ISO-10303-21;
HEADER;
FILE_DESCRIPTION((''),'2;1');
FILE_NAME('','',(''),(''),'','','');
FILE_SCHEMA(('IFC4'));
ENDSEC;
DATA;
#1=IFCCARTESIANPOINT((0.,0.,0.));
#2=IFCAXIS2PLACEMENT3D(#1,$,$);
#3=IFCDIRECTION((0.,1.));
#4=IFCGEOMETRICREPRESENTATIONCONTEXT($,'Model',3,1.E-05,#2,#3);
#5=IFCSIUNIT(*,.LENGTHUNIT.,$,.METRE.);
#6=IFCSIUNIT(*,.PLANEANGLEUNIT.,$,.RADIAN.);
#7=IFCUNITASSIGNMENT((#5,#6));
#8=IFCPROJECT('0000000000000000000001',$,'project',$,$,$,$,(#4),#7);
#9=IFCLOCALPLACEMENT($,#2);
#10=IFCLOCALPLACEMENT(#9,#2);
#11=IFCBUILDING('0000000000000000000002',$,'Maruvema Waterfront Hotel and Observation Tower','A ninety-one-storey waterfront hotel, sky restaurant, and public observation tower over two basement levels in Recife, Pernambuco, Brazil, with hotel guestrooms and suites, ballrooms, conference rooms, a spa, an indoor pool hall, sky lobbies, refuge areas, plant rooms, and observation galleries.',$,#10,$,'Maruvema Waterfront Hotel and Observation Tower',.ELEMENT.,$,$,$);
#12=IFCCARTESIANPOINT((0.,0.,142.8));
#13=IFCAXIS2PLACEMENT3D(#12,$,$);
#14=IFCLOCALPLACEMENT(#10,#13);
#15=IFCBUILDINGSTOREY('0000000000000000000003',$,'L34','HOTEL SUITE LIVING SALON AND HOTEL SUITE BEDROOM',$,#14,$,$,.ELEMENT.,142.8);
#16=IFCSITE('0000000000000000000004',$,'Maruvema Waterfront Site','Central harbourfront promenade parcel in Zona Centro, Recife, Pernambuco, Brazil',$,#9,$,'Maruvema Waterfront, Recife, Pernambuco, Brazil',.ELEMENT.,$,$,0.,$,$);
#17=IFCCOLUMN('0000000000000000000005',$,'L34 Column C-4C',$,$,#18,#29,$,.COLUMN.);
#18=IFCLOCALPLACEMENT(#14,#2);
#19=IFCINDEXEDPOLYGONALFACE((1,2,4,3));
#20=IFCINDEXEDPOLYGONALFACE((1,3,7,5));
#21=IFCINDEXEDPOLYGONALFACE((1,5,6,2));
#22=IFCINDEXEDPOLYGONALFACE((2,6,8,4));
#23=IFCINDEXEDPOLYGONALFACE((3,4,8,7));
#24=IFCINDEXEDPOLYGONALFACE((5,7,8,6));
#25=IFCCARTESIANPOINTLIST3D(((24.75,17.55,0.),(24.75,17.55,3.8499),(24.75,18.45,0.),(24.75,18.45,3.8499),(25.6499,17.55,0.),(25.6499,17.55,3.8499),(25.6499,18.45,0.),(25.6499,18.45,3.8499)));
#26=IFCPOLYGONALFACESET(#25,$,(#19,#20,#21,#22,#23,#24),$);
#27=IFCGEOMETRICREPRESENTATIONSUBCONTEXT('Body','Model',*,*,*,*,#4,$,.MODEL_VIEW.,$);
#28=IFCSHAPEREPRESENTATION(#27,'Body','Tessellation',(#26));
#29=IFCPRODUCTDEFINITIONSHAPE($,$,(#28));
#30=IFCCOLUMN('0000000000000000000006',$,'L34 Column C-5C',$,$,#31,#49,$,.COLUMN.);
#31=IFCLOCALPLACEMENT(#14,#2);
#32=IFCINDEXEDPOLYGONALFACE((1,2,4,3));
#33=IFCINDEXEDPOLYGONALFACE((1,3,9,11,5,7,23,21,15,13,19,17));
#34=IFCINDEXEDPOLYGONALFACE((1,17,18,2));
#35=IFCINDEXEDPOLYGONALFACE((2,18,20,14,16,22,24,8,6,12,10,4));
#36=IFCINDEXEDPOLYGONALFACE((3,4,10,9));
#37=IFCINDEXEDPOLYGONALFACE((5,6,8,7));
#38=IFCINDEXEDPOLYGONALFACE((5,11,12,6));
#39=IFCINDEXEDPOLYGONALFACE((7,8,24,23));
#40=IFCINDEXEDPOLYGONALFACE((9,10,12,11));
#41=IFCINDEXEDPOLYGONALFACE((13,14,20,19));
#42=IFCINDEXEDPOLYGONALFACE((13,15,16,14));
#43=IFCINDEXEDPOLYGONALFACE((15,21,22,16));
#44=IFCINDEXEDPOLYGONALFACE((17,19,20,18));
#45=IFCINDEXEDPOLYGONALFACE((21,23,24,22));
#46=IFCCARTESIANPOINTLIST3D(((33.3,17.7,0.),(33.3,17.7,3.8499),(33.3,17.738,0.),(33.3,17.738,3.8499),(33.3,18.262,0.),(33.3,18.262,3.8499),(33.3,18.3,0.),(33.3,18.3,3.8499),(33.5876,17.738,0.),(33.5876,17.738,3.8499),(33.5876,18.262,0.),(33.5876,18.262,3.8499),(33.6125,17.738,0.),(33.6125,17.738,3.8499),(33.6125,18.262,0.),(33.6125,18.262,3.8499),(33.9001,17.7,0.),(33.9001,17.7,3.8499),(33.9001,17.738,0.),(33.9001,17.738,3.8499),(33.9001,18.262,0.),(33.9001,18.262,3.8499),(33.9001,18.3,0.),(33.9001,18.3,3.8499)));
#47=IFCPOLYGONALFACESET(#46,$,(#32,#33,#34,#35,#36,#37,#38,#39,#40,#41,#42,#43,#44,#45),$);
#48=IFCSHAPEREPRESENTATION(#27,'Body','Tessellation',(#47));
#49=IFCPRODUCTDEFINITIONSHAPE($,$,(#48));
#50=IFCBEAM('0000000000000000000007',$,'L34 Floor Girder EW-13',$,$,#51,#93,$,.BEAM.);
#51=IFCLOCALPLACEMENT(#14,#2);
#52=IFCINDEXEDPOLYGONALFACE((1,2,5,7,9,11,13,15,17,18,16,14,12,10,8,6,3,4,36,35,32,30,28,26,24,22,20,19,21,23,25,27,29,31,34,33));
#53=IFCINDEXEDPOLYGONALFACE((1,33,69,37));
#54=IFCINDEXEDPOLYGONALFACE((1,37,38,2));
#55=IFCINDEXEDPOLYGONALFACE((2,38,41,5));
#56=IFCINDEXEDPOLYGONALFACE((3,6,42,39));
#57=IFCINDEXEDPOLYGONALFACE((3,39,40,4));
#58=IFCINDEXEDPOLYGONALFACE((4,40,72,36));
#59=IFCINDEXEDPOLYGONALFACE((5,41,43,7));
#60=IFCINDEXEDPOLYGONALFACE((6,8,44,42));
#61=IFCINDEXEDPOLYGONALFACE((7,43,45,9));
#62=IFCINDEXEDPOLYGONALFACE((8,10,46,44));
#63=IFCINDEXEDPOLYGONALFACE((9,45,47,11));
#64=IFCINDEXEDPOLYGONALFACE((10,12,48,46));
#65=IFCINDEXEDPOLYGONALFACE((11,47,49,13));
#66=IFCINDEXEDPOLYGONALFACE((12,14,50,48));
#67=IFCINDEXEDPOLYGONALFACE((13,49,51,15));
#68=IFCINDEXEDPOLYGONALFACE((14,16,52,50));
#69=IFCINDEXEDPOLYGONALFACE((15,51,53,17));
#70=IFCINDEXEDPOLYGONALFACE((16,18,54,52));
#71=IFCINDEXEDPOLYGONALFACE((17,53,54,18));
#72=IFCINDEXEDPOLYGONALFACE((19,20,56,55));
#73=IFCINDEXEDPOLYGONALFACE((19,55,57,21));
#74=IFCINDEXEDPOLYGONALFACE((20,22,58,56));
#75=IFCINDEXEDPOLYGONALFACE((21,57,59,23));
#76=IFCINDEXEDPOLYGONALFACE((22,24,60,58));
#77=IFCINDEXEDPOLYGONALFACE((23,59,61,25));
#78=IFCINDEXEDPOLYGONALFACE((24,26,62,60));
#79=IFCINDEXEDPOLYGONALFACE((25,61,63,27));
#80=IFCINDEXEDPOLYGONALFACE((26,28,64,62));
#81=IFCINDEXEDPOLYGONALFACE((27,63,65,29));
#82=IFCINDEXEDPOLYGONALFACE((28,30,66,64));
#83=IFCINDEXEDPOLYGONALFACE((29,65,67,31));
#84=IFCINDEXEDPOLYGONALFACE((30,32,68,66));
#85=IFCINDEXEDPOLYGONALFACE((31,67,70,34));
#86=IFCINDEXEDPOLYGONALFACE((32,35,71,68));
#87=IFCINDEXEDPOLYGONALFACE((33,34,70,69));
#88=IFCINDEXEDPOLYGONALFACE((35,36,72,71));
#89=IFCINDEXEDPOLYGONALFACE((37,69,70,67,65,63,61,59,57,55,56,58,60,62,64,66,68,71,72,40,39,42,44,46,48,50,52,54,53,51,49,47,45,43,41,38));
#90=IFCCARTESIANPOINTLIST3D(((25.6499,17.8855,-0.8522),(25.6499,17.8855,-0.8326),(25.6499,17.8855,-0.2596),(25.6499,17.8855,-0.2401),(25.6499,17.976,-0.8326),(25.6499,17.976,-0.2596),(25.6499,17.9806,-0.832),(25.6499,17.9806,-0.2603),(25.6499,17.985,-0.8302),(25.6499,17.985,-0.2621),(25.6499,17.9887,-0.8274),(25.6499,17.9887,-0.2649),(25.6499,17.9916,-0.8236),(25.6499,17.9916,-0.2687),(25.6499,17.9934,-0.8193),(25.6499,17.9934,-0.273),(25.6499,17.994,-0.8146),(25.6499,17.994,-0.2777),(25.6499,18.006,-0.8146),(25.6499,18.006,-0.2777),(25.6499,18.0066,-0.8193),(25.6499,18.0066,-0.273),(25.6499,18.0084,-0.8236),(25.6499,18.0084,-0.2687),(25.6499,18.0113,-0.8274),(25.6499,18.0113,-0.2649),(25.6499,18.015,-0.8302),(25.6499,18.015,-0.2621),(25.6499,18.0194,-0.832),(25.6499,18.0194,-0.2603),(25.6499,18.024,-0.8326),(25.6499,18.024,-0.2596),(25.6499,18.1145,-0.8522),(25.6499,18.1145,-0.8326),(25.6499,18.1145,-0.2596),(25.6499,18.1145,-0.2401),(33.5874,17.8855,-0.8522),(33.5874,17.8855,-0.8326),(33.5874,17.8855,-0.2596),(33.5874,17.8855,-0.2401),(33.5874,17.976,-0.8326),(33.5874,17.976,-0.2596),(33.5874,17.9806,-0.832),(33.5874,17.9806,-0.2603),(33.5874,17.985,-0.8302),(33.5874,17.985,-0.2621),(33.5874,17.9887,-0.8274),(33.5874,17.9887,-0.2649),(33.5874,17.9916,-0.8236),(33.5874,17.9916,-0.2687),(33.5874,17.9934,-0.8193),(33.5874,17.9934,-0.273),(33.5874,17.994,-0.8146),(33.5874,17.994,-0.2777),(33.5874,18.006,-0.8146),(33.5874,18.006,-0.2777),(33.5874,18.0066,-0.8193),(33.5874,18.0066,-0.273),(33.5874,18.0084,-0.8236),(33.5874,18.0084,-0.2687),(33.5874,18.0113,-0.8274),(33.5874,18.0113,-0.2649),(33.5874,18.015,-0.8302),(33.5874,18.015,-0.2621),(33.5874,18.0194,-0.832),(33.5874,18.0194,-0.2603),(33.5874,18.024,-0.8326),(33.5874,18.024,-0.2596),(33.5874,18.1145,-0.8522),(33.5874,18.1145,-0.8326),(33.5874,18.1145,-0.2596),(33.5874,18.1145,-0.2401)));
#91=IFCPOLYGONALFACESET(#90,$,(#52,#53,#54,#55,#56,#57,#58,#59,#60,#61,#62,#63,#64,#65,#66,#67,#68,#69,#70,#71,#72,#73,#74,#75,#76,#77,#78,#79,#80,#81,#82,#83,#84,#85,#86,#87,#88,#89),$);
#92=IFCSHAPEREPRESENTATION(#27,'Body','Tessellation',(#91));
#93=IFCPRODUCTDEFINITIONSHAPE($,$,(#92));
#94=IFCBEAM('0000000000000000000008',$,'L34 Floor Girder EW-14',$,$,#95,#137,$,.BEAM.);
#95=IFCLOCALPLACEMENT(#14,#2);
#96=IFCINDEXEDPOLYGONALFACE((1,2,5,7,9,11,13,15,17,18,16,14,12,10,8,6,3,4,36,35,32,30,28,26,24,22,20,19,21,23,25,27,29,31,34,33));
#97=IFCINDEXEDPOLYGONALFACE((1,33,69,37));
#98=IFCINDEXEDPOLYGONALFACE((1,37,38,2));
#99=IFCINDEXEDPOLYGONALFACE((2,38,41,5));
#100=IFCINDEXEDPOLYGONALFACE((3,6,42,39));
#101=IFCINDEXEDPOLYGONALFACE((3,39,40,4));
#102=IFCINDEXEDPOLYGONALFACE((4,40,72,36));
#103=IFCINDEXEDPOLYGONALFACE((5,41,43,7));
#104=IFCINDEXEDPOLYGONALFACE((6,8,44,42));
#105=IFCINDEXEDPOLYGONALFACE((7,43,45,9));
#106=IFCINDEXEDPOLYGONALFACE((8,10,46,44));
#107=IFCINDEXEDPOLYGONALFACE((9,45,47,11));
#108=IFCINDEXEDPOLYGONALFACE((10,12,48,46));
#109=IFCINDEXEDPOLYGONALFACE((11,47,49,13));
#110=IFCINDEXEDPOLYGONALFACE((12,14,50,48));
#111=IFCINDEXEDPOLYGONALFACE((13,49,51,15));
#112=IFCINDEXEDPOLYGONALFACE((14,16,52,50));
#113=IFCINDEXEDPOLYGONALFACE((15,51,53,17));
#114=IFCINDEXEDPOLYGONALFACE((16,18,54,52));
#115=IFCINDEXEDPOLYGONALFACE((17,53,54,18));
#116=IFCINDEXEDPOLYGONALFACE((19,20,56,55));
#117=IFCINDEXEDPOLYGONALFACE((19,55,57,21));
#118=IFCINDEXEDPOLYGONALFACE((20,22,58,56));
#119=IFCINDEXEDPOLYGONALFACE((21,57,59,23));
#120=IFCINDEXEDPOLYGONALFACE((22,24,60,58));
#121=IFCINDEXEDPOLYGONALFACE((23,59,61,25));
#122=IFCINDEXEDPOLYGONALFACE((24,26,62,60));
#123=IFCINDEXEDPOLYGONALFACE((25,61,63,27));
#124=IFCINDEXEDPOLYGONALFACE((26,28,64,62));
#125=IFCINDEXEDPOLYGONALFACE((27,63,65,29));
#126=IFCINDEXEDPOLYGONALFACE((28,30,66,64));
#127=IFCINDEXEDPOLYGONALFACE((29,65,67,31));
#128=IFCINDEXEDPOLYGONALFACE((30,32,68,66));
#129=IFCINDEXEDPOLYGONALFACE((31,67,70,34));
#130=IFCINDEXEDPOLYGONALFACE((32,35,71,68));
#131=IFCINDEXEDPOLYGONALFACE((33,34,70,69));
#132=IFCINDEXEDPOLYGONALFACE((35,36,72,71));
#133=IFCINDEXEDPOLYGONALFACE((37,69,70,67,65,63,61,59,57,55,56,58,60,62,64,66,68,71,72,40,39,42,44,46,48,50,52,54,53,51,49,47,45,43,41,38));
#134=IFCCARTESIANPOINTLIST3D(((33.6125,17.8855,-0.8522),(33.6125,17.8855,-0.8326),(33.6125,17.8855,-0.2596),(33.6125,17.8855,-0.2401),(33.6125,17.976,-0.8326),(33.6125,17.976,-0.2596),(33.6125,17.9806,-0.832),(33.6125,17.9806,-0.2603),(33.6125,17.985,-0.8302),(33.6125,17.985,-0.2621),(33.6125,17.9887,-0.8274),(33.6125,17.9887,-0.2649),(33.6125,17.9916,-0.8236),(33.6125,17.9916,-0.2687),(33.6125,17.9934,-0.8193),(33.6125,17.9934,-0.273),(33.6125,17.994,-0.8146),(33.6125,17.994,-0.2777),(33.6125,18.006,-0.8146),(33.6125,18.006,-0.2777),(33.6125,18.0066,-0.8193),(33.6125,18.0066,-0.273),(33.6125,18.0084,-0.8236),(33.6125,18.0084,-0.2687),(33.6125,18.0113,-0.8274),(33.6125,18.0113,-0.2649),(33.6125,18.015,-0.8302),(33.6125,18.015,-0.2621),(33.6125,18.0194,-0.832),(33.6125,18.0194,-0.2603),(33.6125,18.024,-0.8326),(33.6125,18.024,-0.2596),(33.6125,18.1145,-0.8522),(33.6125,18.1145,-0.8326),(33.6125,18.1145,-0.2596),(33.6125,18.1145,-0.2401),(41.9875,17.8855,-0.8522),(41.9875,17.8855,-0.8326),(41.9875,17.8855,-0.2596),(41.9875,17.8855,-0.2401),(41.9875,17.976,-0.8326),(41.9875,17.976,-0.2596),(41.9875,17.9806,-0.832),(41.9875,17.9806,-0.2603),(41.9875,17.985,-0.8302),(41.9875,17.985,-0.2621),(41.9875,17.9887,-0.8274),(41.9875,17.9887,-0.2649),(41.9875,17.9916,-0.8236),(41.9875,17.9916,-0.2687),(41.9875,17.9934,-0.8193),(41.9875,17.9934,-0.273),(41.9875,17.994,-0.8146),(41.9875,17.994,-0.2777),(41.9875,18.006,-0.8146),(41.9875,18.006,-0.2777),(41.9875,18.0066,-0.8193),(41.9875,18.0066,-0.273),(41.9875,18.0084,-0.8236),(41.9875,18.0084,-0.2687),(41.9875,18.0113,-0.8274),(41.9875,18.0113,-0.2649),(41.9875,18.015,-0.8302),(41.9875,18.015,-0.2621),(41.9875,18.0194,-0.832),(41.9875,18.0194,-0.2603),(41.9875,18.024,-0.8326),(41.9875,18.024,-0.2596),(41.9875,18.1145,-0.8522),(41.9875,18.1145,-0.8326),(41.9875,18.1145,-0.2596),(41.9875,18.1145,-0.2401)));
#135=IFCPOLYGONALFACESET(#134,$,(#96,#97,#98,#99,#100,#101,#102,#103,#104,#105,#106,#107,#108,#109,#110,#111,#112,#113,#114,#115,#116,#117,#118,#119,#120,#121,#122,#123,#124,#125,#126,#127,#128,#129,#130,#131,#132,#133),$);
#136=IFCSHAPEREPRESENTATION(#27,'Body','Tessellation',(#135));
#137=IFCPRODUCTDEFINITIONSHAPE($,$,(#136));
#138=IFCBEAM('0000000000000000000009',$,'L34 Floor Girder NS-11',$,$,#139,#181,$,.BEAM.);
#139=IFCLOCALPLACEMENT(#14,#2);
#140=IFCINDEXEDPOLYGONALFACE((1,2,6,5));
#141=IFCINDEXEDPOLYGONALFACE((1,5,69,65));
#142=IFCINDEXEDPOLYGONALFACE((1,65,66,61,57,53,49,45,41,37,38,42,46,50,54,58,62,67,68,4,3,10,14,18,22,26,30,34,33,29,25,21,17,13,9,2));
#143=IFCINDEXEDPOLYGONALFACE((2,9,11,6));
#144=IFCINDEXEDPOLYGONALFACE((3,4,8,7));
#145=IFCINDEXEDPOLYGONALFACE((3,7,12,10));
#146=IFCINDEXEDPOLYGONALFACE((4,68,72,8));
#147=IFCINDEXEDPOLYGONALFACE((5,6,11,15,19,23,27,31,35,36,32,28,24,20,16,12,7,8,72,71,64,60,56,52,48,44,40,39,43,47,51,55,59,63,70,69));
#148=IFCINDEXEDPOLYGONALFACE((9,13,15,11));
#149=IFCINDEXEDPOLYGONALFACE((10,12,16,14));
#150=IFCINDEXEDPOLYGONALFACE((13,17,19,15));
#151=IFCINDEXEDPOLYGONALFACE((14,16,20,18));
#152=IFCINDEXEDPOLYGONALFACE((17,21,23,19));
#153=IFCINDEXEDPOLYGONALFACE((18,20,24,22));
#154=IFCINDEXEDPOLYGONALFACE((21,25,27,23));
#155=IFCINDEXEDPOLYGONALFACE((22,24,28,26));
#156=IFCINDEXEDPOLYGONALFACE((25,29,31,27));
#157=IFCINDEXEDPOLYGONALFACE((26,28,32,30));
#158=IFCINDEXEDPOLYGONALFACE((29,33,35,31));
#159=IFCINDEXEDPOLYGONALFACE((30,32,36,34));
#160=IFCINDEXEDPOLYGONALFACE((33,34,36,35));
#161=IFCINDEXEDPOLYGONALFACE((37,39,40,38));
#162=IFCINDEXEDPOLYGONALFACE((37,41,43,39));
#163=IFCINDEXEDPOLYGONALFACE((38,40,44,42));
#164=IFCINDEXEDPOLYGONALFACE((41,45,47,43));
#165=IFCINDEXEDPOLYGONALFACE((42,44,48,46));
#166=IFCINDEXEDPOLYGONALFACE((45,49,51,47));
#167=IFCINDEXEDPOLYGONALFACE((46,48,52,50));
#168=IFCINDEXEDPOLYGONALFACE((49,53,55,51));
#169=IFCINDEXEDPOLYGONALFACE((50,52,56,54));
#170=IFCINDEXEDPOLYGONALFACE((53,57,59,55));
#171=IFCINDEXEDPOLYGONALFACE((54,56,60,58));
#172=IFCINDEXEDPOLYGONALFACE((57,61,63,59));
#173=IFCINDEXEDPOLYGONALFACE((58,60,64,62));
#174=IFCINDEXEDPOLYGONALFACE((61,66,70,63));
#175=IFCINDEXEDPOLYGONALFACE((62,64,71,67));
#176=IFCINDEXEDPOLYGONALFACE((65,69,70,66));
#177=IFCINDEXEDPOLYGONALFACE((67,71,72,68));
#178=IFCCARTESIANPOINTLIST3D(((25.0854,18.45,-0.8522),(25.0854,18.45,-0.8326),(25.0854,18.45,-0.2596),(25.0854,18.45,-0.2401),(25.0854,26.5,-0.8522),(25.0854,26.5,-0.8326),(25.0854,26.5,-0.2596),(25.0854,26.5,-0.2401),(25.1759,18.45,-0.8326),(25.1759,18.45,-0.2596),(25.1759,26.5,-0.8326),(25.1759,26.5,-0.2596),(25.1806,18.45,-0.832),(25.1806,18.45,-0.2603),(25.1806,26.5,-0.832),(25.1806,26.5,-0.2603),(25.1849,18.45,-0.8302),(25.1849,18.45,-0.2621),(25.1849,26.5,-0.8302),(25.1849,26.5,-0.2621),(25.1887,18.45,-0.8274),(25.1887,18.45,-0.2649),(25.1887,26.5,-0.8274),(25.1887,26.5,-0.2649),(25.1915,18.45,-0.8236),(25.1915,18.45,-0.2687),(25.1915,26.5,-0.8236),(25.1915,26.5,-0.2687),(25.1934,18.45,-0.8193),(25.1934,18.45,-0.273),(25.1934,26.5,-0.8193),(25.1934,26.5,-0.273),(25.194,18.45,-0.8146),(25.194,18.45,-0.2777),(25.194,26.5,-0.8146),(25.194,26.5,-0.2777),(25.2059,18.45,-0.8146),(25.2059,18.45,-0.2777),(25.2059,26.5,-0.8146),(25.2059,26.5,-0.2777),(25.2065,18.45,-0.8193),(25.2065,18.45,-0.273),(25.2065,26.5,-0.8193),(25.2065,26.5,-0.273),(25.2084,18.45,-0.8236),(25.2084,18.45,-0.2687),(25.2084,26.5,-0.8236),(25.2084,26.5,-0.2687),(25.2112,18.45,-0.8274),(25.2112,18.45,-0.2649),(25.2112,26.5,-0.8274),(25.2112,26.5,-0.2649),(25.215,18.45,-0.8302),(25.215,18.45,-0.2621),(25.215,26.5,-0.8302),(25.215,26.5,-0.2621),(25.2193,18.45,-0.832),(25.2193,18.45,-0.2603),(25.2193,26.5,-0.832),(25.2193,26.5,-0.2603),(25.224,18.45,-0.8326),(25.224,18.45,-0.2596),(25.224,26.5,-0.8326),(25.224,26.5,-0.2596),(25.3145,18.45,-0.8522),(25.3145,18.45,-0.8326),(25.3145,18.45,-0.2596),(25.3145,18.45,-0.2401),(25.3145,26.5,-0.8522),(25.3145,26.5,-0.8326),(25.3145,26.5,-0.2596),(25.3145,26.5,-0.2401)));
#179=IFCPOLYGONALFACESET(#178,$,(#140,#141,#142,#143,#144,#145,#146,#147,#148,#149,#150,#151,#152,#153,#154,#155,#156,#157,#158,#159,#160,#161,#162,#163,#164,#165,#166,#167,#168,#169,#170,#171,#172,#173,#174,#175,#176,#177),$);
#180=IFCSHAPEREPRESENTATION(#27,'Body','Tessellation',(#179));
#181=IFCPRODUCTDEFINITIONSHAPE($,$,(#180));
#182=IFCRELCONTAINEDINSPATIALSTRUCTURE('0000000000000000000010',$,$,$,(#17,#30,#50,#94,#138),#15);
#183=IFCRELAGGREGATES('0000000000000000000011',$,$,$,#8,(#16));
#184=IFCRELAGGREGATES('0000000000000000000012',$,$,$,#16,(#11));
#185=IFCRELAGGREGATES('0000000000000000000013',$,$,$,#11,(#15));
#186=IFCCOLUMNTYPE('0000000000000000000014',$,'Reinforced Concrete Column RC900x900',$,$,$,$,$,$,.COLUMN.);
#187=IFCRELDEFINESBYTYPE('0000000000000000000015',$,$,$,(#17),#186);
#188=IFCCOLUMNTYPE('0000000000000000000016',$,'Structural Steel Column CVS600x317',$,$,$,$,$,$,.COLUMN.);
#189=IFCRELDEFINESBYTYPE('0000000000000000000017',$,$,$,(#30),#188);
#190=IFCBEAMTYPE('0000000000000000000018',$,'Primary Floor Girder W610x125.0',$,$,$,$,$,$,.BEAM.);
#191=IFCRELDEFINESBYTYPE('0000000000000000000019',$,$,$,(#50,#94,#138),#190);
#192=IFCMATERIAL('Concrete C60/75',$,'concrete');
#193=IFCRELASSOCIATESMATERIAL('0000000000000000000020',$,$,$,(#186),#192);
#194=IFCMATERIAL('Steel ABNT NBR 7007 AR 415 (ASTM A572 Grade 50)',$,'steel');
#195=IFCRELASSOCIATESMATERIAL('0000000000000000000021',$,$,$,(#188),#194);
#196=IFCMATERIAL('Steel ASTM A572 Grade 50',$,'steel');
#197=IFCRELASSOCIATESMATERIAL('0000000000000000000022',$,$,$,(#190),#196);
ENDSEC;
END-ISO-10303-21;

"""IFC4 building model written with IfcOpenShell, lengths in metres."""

from ifc_helpers import new_model, si_unit, direction, frame, origin, origin_2d, place, context, subcontext, project, spatial, rectangle, i_section, extrude, material, material_profile, profile_set, type_object, element, save


model = new_model("IFC4")

# Units and contexts
model_context = context("Model", 3, precision=1e-05, world=origin(), true_north=direction((0.0, 1.0)))
body_context = subcontext(model_context, "Body", "Model", "MODEL_VIEW")
ifc_project = project(units=[si_unit("LENGTHUNIT", "METRE"), si_unit("PLANEANGLEUNIT", "RADIAN")], contexts=[model_context])

# Site, building, storey
site_placement = place(None, origin())
site = spatial("IfcSite", under=ifc_project, at=site_placement, Name="Maruvema Waterfront Site", Description="Central harbourfront promenade parcel in Zona Centro, Recife, Pernambuco, Brazil", LongName="Maruvema Waterfront, Recife, Pernambuco, Brazil", CompositionType="ELEMENT", RefElevation=0.0)
building_placement = place(site_placement, origin())
building = spatial("IfcBuilding", under=site, at=building_placement, Name="Maruvema Waterfront Hotel and Observation Tower", Description="A ninety-one-storey waterfront hotel, sky restaurant, and public observation tower over two basement levels in Recife, Pernambuco, Brazil, with hotel guestrooms and suites, ballrooms, conference rooms, a spa, an indoor pool hall, sky lobbies, refuge areas, plant rooms, and observation galleries.", LongName="Maruvema Waterfront Hotel and Observation Tower", CompositionType="ELEMENT")
storey_placement = place(building_placement, frame((0.0, 0.0, 142.8)))
storey = spatial("IfcBuildingStorey", under=building, at=storey_placement, Name="L34", Description="HOTEL SUITE LIVING SALON AND HOTEL SUITE BEDROOM", CompositionType="ELEMENT", Elevation=142.8)

# Columns
ifc_material_1 = material(Name="Concrete C60/75", Category="concrete")
ifc_material_profile_1 = material_profile(ifc_material_1, rectangle(XDim=0.8999, YDim=0.8999, at=origin_2d()), Name="RC900x900")
ifc_profile_set_1 = profile_set([ifc_material_profile_1], Name="Concrete C60/75")
column_type_1 = type_object("IfcColumnType", Name="Reinforced Concrete Column RC900x900", PredefinedType="COLUMN", material=ifc_profile_set_1)
column_1_placement = place(storey_placement, frame((25.2, 18.0, 0.0), z_axis=(0.0, 0.0, 1.0), x_axis=(1.0, 0.0, 0.0)))
element("IfcColumn", 1, at=column_1_placement, inside=storey, type_object=column_type_1, Name="L34 Column C-4C", PredefinedType="COLUMN", context=body_context, shape_type="SweptSolid", body=[
    extrude(rectangle(XDim=0.8999, YDim=0.8999, at=origin_2d()), origin(), (0.0, 0.0, 1.0), 3.8499),
])
ifc_material_2 = material(Name="Steel ABNT NBR 7007 AR 415 (ASTM A572 Grade 50)", Category="steel")
ifc_material_profile_2 = material_profile(ifc_material_2, i_section(OverallWidth=0.6001, OverallDepth=0.6001, WebThickness=0.0249, FlangeThickness=0.0381, at=origin_2d()), Name="CVS600x317")
ifc_profile_set_2 = profile_set([ifc_material_profile_2], Name="Steel ABNT NBR 7007 AR 415 (ASTM A572 Grade 50)")
column_type_2 = type_object("IfcColumnType", Name="Structural Steel Column CVS600x317", PredefinedType="COLUMN", material=ifc_profile_set_2)
column_2_placement = place(storey_placement, frame((33.6001, 18.0, 0.0), z_axis=(0.0, 0.0, 1.0), x_axis=(1.0, 0.0, 0.0)))
element("IfcColumn", 2, at=column_2_placement, inside=storey, type_object=column_type_2, Name="L34 Column C-5C", PredefinedType="COLUMN", context=body_context, shape_type="SweptSolid", body=[
    extrude(i_section(OverallWidth=0.6001, OverallDepth=0.6001, WebThickness=0.0249, FlangeThickness=0.0381, at=origin_2d()), origin(), (0.0, 0.0, 1.0), 3.8499),
])

# Beams
ifc_material_3 = material(Name="Steel ASTM A572 Grade 50", Category="steel")
ifc_material_profile_3 = material_profile(ifc_material_3, i_section(OverallWidth=0.229, OverallDepth=0.6121, WebThickness=0.012, FlangeThickness=0.0195, FilletRadius=0.0181, at=origin_2d()), Name="W610x125.0")
ifc_profile_set_3 = profile_set([ifc_material_profile_3], Name="Steel ASTM A572 Grade 50")
beam_type = type_object("IfcBeamType", Name="Primary Floor Girder W610x125.0", PredefinedType="BEAM", material=ifc_profile_set_3)
beam_1_placement = place(storey_placement, frame((25.6499, 18.0, -0.5461), z_axis=(1.0, 0.0, 0.0), x_axis=(0.0, 1.0, 0.0)))
element("IfcBeam", 3, at=beam_1_placement, inside=storey, type_object=beam_type, Name="L34 Floor Girder EW-13", PredefinedType="BEAM", context=body_context, shape_type="SweptSolid", body=[
    extrude(i_section(OverallWidth=0.229, OverallDepth=0.6121, WebThickness=0.012, FlangeThickness=0.0195, FilletRadius=0.0181, at=origin_2d()), origin(), (0.0, 0.0, 1.0), 7.9375),
])
beam_2_placement = place(storey_placement, frame((33.6125, 18.0, -0.5461), z_axis=(1.0, 0.0, 0.0), x_axis=(0.0, 1.0, 0.0)))
element("IfcBeam", 4, at=beam_2_placement, inside=storey, type_object=beam_type, Name="L34 Floor Girder EW-14", PredefinedType="BEAM", context=body_context, shape_type="SweptSolid", body=[
    extrude(i_section(OverallWidth=0.229, OverallDepth=0.6121, WebThickness=0.012, FlangeThickness=0.0195, FilletRadius=0.0181, at=origin_2d()), origin(), (0.0, 0.0, 1.0), 8.375),
])
beam_3_placement = place(storey_placement, frame((25.2, 18.45, -0.5461), z_axis=(0.0, 1.0, 0.0), x_axis=(-1.0, 0.0, 0.0)))
element("IfcBeam", 5, at=beam_3_placement, inside=storey, type_object=beam_type, Name="L34 Floor Girder NS-11", PredefinedType="BEAM", context=body_context, shape_type="SweptSolid", body=[
    extrude(i_section(OverallWidth=0.229, OverallDepth=0.6121, WebThickness=0.012, FlangeThickness=0.0195, FilletRadius=0.0181, at=origin_2d()), origin(), (0.0, 0.0, 1.0), 8.05),
])

save(model, "model.ifc")
